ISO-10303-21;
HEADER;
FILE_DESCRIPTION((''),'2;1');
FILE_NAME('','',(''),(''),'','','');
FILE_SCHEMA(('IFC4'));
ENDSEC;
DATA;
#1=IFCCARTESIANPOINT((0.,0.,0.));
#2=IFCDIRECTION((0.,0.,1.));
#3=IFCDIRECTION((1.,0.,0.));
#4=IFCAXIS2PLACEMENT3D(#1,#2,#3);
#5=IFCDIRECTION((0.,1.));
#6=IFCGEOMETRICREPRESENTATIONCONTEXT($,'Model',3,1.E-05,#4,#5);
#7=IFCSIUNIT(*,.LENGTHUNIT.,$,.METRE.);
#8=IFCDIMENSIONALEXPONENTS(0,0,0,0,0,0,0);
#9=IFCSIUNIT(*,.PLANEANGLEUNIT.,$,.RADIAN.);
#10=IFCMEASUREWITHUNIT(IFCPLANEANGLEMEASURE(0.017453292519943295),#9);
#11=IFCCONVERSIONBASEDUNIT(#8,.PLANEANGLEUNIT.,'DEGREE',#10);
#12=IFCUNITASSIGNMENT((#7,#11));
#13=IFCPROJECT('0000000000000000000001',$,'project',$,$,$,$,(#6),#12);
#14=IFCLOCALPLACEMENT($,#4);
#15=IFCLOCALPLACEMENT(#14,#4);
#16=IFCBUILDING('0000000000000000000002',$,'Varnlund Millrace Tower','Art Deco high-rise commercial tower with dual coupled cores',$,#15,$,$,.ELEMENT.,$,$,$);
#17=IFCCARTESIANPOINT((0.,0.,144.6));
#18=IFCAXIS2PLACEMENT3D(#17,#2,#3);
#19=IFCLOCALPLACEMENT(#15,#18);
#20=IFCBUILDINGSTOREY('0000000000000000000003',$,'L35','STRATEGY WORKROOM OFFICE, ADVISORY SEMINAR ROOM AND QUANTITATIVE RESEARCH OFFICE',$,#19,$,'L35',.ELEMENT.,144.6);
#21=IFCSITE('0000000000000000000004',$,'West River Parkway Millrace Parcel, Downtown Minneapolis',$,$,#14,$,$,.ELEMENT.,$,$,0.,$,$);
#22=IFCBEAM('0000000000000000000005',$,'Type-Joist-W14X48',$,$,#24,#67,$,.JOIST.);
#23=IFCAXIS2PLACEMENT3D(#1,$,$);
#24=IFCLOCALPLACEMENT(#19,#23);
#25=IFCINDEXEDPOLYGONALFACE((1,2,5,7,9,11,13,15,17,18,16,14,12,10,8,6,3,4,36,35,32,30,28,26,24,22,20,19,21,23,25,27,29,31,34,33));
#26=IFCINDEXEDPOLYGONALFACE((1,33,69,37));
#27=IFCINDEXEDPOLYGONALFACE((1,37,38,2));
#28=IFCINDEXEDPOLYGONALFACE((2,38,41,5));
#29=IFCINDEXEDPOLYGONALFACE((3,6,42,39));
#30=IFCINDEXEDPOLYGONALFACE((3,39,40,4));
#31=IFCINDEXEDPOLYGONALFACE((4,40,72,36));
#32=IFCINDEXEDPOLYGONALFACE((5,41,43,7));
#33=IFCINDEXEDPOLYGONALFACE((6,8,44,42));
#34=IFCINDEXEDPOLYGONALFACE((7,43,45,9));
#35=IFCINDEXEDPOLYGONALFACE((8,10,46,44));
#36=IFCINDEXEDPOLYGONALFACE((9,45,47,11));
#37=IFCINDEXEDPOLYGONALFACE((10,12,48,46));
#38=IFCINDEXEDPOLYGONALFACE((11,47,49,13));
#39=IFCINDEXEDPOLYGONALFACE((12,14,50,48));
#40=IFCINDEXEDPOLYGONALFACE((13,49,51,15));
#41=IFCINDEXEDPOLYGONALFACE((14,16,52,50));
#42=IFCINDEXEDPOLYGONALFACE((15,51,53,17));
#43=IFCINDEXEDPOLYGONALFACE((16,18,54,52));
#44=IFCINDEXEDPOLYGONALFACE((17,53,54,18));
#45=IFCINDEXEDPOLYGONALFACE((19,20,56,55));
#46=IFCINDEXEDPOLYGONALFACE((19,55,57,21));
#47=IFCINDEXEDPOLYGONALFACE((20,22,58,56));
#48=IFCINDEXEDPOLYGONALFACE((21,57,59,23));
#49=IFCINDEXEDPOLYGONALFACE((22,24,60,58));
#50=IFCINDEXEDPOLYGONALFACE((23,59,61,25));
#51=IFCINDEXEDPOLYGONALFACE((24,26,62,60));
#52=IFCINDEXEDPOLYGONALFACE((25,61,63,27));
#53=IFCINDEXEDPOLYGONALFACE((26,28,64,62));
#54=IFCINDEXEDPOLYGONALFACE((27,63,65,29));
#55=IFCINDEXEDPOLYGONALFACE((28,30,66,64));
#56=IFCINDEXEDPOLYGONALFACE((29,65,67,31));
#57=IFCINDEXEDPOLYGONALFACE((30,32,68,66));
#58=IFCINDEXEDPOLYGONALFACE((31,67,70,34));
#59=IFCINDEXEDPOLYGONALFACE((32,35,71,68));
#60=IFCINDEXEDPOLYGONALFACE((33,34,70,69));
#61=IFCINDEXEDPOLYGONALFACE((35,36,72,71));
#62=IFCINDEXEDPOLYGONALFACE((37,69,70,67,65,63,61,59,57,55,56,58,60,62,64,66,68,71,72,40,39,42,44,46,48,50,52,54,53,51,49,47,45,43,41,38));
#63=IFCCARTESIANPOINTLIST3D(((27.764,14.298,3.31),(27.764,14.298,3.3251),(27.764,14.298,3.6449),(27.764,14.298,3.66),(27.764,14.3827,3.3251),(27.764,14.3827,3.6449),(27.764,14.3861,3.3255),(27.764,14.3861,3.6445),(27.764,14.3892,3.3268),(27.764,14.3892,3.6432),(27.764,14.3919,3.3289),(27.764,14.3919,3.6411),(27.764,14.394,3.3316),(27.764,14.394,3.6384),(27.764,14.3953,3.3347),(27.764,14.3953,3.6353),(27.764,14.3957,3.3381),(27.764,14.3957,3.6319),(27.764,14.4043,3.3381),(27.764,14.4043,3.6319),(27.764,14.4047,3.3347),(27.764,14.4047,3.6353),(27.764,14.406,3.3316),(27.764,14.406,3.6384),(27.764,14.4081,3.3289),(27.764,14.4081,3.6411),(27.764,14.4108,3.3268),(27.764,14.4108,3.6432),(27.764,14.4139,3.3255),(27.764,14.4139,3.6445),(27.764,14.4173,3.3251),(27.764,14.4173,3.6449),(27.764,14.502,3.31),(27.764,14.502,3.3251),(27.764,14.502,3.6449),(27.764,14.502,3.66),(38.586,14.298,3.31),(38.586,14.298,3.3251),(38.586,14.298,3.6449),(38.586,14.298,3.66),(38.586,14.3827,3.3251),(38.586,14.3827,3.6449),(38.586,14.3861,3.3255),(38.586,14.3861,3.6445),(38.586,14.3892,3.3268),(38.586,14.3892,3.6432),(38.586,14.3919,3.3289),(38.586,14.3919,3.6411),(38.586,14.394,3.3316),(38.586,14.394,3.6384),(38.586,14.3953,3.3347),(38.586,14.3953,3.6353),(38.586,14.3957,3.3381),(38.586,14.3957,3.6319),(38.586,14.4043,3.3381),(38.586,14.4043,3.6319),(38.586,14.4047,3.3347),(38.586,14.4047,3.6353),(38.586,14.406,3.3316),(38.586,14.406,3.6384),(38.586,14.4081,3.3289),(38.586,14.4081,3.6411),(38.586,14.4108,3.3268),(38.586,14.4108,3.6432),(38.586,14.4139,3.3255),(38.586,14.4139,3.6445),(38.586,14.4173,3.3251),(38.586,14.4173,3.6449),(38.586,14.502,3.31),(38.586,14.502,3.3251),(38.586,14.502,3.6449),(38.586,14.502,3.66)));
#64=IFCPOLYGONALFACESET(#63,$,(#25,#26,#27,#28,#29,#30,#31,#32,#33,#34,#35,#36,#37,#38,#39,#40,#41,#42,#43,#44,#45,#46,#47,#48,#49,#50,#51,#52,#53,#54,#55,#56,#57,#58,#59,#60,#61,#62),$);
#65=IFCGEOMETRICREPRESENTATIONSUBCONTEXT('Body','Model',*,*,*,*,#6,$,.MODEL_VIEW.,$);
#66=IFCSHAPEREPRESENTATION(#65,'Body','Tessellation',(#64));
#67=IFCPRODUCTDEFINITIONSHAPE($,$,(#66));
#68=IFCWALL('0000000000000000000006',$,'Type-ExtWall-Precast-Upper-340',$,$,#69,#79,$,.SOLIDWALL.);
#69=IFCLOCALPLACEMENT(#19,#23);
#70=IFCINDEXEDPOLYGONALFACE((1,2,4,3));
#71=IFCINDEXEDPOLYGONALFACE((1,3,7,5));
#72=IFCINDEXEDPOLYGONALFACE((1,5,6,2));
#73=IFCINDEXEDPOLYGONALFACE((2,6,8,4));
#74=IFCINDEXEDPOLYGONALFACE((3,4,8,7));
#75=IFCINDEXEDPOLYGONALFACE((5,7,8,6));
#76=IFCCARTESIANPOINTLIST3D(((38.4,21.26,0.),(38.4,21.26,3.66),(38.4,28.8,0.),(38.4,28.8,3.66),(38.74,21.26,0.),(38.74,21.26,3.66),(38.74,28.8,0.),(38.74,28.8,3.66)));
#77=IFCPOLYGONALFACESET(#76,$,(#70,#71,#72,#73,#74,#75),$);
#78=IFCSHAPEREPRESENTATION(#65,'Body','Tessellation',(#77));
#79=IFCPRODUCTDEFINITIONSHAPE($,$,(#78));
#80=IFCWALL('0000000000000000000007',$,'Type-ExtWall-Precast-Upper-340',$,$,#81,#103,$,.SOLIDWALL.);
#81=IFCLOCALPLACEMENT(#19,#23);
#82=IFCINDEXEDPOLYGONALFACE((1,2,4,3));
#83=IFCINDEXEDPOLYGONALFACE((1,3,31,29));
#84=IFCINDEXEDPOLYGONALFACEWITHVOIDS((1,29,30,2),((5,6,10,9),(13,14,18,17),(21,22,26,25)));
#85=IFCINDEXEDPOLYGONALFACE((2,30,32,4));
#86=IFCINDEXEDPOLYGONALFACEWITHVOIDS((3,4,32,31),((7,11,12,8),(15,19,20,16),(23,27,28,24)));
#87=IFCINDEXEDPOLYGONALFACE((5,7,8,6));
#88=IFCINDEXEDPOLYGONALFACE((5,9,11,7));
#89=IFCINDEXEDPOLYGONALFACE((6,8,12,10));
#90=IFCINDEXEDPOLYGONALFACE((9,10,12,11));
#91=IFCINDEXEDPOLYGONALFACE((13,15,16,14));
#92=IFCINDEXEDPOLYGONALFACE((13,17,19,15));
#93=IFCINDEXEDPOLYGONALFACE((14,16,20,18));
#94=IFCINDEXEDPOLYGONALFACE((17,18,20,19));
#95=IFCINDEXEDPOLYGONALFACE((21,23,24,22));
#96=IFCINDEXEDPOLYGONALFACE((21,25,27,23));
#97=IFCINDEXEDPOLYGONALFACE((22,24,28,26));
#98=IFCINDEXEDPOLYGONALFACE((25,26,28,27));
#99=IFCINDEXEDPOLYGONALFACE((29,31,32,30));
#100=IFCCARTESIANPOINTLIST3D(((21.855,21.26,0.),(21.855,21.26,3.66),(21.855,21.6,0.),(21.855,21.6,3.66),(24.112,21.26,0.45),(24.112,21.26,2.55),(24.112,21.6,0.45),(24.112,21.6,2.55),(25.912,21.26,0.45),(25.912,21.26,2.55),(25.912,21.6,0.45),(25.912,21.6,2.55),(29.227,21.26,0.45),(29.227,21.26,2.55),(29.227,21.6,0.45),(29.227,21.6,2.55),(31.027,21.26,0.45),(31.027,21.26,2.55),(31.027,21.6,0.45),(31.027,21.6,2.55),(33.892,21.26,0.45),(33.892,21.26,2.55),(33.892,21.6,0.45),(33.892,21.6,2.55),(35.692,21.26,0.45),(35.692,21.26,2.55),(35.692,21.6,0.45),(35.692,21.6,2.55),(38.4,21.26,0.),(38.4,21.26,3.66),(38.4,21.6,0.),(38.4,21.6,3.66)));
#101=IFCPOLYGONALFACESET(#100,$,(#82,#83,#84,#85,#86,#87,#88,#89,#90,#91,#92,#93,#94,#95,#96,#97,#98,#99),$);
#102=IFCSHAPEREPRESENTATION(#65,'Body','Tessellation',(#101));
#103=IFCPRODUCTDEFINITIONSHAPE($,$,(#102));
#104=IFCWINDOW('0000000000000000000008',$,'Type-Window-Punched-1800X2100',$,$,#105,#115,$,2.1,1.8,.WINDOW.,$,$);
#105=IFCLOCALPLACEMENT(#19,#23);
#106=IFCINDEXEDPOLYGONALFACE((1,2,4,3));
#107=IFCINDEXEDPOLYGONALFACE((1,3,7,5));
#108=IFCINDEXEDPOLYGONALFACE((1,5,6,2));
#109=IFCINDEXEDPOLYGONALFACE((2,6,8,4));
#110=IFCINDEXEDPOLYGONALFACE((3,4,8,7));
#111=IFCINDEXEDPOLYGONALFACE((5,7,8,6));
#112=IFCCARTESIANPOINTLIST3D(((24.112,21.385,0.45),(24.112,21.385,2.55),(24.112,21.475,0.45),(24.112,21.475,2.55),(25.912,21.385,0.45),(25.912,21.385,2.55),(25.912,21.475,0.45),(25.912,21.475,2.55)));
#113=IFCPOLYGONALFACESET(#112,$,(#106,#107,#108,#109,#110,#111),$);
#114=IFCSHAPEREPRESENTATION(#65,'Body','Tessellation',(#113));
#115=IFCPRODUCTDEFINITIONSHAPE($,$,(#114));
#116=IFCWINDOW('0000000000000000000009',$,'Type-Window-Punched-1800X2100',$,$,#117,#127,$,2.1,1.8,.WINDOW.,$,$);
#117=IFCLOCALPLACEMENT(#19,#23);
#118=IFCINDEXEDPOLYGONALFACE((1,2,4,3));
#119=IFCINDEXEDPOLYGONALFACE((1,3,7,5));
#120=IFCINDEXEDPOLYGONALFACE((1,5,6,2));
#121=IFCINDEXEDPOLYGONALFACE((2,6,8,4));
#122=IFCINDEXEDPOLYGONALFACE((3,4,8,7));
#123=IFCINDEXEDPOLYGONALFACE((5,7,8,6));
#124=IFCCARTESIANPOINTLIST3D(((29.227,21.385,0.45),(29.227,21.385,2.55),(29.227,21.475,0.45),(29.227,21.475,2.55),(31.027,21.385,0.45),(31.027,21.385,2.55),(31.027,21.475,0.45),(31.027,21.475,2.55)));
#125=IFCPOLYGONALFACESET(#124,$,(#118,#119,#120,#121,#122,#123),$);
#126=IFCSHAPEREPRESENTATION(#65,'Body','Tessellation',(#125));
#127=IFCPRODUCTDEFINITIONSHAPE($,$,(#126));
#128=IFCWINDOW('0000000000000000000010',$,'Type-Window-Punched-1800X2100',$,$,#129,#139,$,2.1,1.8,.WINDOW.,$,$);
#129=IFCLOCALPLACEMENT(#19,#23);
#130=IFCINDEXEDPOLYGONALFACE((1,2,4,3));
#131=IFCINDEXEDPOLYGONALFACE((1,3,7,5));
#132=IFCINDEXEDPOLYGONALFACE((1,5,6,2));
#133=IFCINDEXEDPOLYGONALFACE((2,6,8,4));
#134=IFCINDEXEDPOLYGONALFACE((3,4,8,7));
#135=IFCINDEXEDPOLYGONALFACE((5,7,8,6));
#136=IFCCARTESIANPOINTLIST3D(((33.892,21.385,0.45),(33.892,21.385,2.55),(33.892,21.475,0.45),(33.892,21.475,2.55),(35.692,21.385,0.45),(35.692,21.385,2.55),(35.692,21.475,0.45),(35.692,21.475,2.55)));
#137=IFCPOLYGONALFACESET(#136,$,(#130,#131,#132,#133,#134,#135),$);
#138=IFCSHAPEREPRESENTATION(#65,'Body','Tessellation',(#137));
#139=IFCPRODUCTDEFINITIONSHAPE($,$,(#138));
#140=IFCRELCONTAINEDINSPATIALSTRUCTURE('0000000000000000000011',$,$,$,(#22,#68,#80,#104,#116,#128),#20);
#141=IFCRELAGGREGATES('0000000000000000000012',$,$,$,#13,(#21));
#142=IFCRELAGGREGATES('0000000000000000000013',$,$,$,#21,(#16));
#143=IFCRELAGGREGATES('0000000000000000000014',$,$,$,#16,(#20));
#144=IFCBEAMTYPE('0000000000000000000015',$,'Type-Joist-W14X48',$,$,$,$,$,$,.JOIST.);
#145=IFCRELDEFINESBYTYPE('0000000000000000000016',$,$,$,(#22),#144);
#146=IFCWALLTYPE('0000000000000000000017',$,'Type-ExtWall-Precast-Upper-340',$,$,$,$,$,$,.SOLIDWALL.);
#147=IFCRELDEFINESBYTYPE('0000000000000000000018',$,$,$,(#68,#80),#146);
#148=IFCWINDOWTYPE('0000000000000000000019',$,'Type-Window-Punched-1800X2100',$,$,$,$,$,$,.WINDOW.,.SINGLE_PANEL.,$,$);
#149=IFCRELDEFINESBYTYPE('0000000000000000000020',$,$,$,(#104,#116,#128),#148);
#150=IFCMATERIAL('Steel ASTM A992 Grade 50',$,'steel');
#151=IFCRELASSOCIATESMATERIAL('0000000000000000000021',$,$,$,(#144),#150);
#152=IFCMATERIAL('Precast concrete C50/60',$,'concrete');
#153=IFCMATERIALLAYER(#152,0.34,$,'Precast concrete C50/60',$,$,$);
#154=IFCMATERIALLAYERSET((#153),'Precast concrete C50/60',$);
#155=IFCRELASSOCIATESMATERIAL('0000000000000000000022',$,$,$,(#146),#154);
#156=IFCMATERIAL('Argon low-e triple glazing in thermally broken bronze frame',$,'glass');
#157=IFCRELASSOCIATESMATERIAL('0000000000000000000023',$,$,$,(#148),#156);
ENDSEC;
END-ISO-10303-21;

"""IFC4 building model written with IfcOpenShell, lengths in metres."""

from ifc_helpers import new_model, entity, si_unit, converted_unit, direction, frame, origin_with_axes, origin_2d_with_axis, place, context, subcontext, project, spatial, polyline, rectangle, i_section, outline, extrude, material, layer, layer_set, material_profile, profile_set, type_object, element, fill, save


model = new_model("IFC4")

# Units and contexts
model_context = context("Model", 3, precision=1e-05, world=origin_with_axes(), true_north=direction((0.0, 1.0)))
body_context = subcontext(model_context, "Body", "Model", "MODEL_VIEW")
ifc_project = project(units=[si_unit("LENGTHUNIT", "METRE"), converted_unit("PLANEANGLEUNIT", "DEGREE", entity("IfcPlaneAngleMeasure", 0.017453292519943295), si_unit("PLANEANGLEUNIT", "RADIAN"), dimensions=[0, 0, 0, 0, 0, 0, 0])], contexts=[model_context])

# Site, building, storey
site_placement = place(None, origin_with_axes())
site = spatial("IfcSite", under=ifc_project, at=site_placement, Name="West River Parkway Millrace Parcel, Downtown Minneapolis", CompositionType="ELEMENT", RefElevation=0.0)
building_placement = place(site_placement, origin_with_axes())
building = spatial("IfcBuilding", under=site, at=building_placement, Name="Varnlund Millrace Tower", Description="Art Deco high-rise commercial tower with dual coupled cores", CompositionType="ELEMENT")
storey_placement = place(building_placement, frame((0.0, 0.0, 144.6), z_axis=(0.0, 0.0, 1.0), x_axis=(1.0, 0.0, 0.0)))
storey = spatial("IfcBuildingStorey", under=building, at=storey_placement, Name="L35", Description="STRATEGY WORKROOM OFFICE, ADVISORY SEMINAR ROOM AND QUANTITATIVE RESEARCH OFFICE", LongName="L35", CompositionType="ELEMENT", Elevation=144.6)

# Beam
ifc_material_1 = material(Name="Steel ASTM A992 Grade 50", Category="steel")
ifc_material_profile_1 = material_profile(ifc_material_1, i_section(OverallWidth=0.204, OverallDepth=0.35, WebThickness=0.0086, FlangeThickness=0.0151, FilletRadius=0.013, at=origin_2d_with_axis()), Name="Steel ASTM A992 Grade 50")
ifc_profile_set_1 = profile_set([ifc_material_profile_1], Name="Steel ASTM A992 Grade 50")
beam_type_1 = type_object("IfcBeamType", Name="Type-Joist-W14X48", PredefinedType="JOIST", material=ifc_profile_set_1)
beam_1_placement = place(storey_placement, frame((27.764, 14.4, 3.485), z_axis=(1.0, 0.0, 0.0), x_axis=(0.0, 1.0, 0.0)))
element("IfcBeam", 1, at=beam_1_placement, inside=storey, type_object=beam_type_1, Name="Type-Joist-W14X48", PredefinedType="JOIST", context=body_context, shape_type="SweptSolid", body=[
    extrude(i_section(OverallWidth=0.204, OverallDepth=0.35, WebThickness=0.0086, FlangeThickness=0.0151, FilletRadius=0.013, at=origin_2d_with_axis()), origin_with_axes(), (0.0, 0.0, 1.0), 10.822),
])

# Wall
ifc_material_2 = material(Name="Precast concrete C50/60", Category="concrete")
ifc_layer = layer(ifc_material_2, 0.34, Name="Precast concrete C50/60")
ifc_layer_set = layer_set([ifc_layer], Name="Precast concrete C50/60")
wall_type = type_object("IfcWallType", Name="Type-ExtWall-Precast-Upper-340", PredefinedType="SOLIDWALL", material=ifc_layer_set)
wall_1_placement = place(storey_placement, frame((38.57, 21.26, 0.0), z_axis=(0.0, 0.0, 1.0), x_axis=(0.0, 1.0, 0.0)))
element("IfcWall", 2, at=wall_1_placement, inside=storey, type_object=wall_type, Name="Type-ExtWall-Precast-Upper-340", PredefinedType="SOLIDWALL", context=body_context, shape_type="SweptSolid", body=[
    extrude(outline(polyline([(0.0, -0.17), (7.54, -0.17), (7.54, 0.17), (0.0, 0.17), (0.0, -0.17)])), origin_with_axes(), (0.0, 0.0, 1.0), 3.66),
])

# Wall, openings, windows
wall_2_placement = place(storey_placement, frame((21.855, 21.43, 0.0), z_axis=(0.0, 0.0, 1.0), x_axis=(1.0, 0.0, 0.0)))
wall_2 = element("IfcWall", 3, at=wall_2_placement, inside=storey, type_object=wall_type, Name="Type-ExtWall-Precast-Upper-340", PredefinedType="SOLIDWALL", context=body_context, shape_type="SweptSolid", body=[
    extrude(outline(polyline([(0.0, -0.17), (16.545, -0.17), (16.545, 0.17), (0.0, 0.17), (0.0, -0.17)])), origin_with_axes(), (0.0, 0.0, 1.0), 3.66),
])
opening_1_placement = place(wall_2_placement, frame((3.157, 0.0, 0.45), z_axis=(0.0, 0.0, 1.0), x_axis=(1.0, 0.0, 0.0)))
opening_1 = element("IfcOpeningElement", 4, at=opening_1_placement, cuts=wall_2, PredefinedType="OPENING", context=body_context, shape_type="SweptSolid", body=[
    extrude(rectangle(XDim=1.8, YDim=0.36, at=origin_2d_with_axis()), origin_with_axes(), (0.0, 0.0, 1.0), 2.1),
])
opening_2_placement = place(wall_2_placement, frame((8.272, 0.0, 0.45), z_axis=(0.0, 0.0, 1.0), x_axis=(1.0, 0.0, 0.0)))
opening_2 = element("IfcOpeningElement", 5, at=opening_2_placement, cuts=wall_2, PredefinedType="OPENING", context=body_context, shape_type="SweptSolid", body=[
    extrude(rectangle(XDim=1.8, YDim=0.36, at=origin_2d_with_axis()), origin_with_axes(), (0.0, 0.0, 1.0), 2.1),
])
opening_3_placement = place(wall_2_placement, frame((12.937, 0.0, 0.45), z_axis=(0.0, 0.0, 1.0), x_axis=(1.0, 0.0, 0.0)))
opening_3 = element("IfcOpeningElement", 6, at=opening_3_placement, cuts=wall_2, PredefinedType="OPENING", context=body_context, shape_type="SweptSolid", body=[
    extrude(rectangle(XDim=1.8, YDim=0.36, at=origin_2d_with_axis()), origin_with_axes(), (0.0, 0.0, 1.0), 2.1),
])
ifc_material_3 = material(Name="Argon low-e triple glazing in thermally broken bronze frame", Category="glass")
window_type = type_object("IfcWindowType", Name="Type-Window-Punched-1800X2100", PartitioningType="SINGLE_PANEL", PredefinedType="WINDOW", material=ifc_material_3)
window_1_placement = place(wall_2_placement, frame((3.157, 0.0, 0.45), z_axis=(0.0, 0.0, 1.0), x_axis=(1.0, 0.0, 0.0)))
window_1 = element("IfcWindow", 7, at=window_1_placement, inside=storey, type_object=window_type, Name="Type-Window-Punched-1800X2100", OverallHeight=2.1, OverallWidth=1.8, PredefinedType="WINDOW", context=body_context, shape_type="SweptSolid", body=[
    extrude(rectangle(XDim=1.8, YDim=0.09, at=origin_2d_with_axis()), origin_with_axes(), (0.0, 0.0, 1.0), 2.1),
])
fill(opening_1, window_1)
window_2_placement = place(wall_2_placement, frame((8.272, 0.0, 0.45), z_axis=(0.0, 0.0, 1.0), x_axis=(1.0, 0.0, 0.0)))
window_2 = element("IfcWindow", 8, at=window_2_placement, inside=storey, type_object=window_type, Name="Type-Window-Punched-1800X2100", OverallHeight=2.1, OverallWidth=1.8, PredefinedType="WINDOW", context=body_context, shape_type="SweptSolid", body=[
    extrude(rectangle(XDim=1.8, YDim=0.09, at=origin_2d_with_axis()), origin_with_axes(), (0.0, 0.0, 1.0), 2.1),
])
fill(opening_2, window_2)
window_3_placement = place(wall_2_placement, frame((12.937, 0.0, 0.45), z_axis=(0.0, 0.0, 1.0), x_axis=(1.0, 0.0, 0.0)))
window_3 = element("IfcWindow", 9, at=window_3_placement, inside=storey, type_object=window_type, Name="Type-Window-Punched-1800X2100", OverallHeight=2.1, OverallWidth=1.8, PredefinedType="WINDOW", context=body_context, shape_type="SweptSolid", body=[
    extrude(rectangle(XDim=1.8, YDim=0.09, at=origin_2d_with_axis()), origin_with_axes(), (0.0, 0.0, 1.0), 2.1),
])
fill(opening_3, window_3)

save(model, "model.ifc")
